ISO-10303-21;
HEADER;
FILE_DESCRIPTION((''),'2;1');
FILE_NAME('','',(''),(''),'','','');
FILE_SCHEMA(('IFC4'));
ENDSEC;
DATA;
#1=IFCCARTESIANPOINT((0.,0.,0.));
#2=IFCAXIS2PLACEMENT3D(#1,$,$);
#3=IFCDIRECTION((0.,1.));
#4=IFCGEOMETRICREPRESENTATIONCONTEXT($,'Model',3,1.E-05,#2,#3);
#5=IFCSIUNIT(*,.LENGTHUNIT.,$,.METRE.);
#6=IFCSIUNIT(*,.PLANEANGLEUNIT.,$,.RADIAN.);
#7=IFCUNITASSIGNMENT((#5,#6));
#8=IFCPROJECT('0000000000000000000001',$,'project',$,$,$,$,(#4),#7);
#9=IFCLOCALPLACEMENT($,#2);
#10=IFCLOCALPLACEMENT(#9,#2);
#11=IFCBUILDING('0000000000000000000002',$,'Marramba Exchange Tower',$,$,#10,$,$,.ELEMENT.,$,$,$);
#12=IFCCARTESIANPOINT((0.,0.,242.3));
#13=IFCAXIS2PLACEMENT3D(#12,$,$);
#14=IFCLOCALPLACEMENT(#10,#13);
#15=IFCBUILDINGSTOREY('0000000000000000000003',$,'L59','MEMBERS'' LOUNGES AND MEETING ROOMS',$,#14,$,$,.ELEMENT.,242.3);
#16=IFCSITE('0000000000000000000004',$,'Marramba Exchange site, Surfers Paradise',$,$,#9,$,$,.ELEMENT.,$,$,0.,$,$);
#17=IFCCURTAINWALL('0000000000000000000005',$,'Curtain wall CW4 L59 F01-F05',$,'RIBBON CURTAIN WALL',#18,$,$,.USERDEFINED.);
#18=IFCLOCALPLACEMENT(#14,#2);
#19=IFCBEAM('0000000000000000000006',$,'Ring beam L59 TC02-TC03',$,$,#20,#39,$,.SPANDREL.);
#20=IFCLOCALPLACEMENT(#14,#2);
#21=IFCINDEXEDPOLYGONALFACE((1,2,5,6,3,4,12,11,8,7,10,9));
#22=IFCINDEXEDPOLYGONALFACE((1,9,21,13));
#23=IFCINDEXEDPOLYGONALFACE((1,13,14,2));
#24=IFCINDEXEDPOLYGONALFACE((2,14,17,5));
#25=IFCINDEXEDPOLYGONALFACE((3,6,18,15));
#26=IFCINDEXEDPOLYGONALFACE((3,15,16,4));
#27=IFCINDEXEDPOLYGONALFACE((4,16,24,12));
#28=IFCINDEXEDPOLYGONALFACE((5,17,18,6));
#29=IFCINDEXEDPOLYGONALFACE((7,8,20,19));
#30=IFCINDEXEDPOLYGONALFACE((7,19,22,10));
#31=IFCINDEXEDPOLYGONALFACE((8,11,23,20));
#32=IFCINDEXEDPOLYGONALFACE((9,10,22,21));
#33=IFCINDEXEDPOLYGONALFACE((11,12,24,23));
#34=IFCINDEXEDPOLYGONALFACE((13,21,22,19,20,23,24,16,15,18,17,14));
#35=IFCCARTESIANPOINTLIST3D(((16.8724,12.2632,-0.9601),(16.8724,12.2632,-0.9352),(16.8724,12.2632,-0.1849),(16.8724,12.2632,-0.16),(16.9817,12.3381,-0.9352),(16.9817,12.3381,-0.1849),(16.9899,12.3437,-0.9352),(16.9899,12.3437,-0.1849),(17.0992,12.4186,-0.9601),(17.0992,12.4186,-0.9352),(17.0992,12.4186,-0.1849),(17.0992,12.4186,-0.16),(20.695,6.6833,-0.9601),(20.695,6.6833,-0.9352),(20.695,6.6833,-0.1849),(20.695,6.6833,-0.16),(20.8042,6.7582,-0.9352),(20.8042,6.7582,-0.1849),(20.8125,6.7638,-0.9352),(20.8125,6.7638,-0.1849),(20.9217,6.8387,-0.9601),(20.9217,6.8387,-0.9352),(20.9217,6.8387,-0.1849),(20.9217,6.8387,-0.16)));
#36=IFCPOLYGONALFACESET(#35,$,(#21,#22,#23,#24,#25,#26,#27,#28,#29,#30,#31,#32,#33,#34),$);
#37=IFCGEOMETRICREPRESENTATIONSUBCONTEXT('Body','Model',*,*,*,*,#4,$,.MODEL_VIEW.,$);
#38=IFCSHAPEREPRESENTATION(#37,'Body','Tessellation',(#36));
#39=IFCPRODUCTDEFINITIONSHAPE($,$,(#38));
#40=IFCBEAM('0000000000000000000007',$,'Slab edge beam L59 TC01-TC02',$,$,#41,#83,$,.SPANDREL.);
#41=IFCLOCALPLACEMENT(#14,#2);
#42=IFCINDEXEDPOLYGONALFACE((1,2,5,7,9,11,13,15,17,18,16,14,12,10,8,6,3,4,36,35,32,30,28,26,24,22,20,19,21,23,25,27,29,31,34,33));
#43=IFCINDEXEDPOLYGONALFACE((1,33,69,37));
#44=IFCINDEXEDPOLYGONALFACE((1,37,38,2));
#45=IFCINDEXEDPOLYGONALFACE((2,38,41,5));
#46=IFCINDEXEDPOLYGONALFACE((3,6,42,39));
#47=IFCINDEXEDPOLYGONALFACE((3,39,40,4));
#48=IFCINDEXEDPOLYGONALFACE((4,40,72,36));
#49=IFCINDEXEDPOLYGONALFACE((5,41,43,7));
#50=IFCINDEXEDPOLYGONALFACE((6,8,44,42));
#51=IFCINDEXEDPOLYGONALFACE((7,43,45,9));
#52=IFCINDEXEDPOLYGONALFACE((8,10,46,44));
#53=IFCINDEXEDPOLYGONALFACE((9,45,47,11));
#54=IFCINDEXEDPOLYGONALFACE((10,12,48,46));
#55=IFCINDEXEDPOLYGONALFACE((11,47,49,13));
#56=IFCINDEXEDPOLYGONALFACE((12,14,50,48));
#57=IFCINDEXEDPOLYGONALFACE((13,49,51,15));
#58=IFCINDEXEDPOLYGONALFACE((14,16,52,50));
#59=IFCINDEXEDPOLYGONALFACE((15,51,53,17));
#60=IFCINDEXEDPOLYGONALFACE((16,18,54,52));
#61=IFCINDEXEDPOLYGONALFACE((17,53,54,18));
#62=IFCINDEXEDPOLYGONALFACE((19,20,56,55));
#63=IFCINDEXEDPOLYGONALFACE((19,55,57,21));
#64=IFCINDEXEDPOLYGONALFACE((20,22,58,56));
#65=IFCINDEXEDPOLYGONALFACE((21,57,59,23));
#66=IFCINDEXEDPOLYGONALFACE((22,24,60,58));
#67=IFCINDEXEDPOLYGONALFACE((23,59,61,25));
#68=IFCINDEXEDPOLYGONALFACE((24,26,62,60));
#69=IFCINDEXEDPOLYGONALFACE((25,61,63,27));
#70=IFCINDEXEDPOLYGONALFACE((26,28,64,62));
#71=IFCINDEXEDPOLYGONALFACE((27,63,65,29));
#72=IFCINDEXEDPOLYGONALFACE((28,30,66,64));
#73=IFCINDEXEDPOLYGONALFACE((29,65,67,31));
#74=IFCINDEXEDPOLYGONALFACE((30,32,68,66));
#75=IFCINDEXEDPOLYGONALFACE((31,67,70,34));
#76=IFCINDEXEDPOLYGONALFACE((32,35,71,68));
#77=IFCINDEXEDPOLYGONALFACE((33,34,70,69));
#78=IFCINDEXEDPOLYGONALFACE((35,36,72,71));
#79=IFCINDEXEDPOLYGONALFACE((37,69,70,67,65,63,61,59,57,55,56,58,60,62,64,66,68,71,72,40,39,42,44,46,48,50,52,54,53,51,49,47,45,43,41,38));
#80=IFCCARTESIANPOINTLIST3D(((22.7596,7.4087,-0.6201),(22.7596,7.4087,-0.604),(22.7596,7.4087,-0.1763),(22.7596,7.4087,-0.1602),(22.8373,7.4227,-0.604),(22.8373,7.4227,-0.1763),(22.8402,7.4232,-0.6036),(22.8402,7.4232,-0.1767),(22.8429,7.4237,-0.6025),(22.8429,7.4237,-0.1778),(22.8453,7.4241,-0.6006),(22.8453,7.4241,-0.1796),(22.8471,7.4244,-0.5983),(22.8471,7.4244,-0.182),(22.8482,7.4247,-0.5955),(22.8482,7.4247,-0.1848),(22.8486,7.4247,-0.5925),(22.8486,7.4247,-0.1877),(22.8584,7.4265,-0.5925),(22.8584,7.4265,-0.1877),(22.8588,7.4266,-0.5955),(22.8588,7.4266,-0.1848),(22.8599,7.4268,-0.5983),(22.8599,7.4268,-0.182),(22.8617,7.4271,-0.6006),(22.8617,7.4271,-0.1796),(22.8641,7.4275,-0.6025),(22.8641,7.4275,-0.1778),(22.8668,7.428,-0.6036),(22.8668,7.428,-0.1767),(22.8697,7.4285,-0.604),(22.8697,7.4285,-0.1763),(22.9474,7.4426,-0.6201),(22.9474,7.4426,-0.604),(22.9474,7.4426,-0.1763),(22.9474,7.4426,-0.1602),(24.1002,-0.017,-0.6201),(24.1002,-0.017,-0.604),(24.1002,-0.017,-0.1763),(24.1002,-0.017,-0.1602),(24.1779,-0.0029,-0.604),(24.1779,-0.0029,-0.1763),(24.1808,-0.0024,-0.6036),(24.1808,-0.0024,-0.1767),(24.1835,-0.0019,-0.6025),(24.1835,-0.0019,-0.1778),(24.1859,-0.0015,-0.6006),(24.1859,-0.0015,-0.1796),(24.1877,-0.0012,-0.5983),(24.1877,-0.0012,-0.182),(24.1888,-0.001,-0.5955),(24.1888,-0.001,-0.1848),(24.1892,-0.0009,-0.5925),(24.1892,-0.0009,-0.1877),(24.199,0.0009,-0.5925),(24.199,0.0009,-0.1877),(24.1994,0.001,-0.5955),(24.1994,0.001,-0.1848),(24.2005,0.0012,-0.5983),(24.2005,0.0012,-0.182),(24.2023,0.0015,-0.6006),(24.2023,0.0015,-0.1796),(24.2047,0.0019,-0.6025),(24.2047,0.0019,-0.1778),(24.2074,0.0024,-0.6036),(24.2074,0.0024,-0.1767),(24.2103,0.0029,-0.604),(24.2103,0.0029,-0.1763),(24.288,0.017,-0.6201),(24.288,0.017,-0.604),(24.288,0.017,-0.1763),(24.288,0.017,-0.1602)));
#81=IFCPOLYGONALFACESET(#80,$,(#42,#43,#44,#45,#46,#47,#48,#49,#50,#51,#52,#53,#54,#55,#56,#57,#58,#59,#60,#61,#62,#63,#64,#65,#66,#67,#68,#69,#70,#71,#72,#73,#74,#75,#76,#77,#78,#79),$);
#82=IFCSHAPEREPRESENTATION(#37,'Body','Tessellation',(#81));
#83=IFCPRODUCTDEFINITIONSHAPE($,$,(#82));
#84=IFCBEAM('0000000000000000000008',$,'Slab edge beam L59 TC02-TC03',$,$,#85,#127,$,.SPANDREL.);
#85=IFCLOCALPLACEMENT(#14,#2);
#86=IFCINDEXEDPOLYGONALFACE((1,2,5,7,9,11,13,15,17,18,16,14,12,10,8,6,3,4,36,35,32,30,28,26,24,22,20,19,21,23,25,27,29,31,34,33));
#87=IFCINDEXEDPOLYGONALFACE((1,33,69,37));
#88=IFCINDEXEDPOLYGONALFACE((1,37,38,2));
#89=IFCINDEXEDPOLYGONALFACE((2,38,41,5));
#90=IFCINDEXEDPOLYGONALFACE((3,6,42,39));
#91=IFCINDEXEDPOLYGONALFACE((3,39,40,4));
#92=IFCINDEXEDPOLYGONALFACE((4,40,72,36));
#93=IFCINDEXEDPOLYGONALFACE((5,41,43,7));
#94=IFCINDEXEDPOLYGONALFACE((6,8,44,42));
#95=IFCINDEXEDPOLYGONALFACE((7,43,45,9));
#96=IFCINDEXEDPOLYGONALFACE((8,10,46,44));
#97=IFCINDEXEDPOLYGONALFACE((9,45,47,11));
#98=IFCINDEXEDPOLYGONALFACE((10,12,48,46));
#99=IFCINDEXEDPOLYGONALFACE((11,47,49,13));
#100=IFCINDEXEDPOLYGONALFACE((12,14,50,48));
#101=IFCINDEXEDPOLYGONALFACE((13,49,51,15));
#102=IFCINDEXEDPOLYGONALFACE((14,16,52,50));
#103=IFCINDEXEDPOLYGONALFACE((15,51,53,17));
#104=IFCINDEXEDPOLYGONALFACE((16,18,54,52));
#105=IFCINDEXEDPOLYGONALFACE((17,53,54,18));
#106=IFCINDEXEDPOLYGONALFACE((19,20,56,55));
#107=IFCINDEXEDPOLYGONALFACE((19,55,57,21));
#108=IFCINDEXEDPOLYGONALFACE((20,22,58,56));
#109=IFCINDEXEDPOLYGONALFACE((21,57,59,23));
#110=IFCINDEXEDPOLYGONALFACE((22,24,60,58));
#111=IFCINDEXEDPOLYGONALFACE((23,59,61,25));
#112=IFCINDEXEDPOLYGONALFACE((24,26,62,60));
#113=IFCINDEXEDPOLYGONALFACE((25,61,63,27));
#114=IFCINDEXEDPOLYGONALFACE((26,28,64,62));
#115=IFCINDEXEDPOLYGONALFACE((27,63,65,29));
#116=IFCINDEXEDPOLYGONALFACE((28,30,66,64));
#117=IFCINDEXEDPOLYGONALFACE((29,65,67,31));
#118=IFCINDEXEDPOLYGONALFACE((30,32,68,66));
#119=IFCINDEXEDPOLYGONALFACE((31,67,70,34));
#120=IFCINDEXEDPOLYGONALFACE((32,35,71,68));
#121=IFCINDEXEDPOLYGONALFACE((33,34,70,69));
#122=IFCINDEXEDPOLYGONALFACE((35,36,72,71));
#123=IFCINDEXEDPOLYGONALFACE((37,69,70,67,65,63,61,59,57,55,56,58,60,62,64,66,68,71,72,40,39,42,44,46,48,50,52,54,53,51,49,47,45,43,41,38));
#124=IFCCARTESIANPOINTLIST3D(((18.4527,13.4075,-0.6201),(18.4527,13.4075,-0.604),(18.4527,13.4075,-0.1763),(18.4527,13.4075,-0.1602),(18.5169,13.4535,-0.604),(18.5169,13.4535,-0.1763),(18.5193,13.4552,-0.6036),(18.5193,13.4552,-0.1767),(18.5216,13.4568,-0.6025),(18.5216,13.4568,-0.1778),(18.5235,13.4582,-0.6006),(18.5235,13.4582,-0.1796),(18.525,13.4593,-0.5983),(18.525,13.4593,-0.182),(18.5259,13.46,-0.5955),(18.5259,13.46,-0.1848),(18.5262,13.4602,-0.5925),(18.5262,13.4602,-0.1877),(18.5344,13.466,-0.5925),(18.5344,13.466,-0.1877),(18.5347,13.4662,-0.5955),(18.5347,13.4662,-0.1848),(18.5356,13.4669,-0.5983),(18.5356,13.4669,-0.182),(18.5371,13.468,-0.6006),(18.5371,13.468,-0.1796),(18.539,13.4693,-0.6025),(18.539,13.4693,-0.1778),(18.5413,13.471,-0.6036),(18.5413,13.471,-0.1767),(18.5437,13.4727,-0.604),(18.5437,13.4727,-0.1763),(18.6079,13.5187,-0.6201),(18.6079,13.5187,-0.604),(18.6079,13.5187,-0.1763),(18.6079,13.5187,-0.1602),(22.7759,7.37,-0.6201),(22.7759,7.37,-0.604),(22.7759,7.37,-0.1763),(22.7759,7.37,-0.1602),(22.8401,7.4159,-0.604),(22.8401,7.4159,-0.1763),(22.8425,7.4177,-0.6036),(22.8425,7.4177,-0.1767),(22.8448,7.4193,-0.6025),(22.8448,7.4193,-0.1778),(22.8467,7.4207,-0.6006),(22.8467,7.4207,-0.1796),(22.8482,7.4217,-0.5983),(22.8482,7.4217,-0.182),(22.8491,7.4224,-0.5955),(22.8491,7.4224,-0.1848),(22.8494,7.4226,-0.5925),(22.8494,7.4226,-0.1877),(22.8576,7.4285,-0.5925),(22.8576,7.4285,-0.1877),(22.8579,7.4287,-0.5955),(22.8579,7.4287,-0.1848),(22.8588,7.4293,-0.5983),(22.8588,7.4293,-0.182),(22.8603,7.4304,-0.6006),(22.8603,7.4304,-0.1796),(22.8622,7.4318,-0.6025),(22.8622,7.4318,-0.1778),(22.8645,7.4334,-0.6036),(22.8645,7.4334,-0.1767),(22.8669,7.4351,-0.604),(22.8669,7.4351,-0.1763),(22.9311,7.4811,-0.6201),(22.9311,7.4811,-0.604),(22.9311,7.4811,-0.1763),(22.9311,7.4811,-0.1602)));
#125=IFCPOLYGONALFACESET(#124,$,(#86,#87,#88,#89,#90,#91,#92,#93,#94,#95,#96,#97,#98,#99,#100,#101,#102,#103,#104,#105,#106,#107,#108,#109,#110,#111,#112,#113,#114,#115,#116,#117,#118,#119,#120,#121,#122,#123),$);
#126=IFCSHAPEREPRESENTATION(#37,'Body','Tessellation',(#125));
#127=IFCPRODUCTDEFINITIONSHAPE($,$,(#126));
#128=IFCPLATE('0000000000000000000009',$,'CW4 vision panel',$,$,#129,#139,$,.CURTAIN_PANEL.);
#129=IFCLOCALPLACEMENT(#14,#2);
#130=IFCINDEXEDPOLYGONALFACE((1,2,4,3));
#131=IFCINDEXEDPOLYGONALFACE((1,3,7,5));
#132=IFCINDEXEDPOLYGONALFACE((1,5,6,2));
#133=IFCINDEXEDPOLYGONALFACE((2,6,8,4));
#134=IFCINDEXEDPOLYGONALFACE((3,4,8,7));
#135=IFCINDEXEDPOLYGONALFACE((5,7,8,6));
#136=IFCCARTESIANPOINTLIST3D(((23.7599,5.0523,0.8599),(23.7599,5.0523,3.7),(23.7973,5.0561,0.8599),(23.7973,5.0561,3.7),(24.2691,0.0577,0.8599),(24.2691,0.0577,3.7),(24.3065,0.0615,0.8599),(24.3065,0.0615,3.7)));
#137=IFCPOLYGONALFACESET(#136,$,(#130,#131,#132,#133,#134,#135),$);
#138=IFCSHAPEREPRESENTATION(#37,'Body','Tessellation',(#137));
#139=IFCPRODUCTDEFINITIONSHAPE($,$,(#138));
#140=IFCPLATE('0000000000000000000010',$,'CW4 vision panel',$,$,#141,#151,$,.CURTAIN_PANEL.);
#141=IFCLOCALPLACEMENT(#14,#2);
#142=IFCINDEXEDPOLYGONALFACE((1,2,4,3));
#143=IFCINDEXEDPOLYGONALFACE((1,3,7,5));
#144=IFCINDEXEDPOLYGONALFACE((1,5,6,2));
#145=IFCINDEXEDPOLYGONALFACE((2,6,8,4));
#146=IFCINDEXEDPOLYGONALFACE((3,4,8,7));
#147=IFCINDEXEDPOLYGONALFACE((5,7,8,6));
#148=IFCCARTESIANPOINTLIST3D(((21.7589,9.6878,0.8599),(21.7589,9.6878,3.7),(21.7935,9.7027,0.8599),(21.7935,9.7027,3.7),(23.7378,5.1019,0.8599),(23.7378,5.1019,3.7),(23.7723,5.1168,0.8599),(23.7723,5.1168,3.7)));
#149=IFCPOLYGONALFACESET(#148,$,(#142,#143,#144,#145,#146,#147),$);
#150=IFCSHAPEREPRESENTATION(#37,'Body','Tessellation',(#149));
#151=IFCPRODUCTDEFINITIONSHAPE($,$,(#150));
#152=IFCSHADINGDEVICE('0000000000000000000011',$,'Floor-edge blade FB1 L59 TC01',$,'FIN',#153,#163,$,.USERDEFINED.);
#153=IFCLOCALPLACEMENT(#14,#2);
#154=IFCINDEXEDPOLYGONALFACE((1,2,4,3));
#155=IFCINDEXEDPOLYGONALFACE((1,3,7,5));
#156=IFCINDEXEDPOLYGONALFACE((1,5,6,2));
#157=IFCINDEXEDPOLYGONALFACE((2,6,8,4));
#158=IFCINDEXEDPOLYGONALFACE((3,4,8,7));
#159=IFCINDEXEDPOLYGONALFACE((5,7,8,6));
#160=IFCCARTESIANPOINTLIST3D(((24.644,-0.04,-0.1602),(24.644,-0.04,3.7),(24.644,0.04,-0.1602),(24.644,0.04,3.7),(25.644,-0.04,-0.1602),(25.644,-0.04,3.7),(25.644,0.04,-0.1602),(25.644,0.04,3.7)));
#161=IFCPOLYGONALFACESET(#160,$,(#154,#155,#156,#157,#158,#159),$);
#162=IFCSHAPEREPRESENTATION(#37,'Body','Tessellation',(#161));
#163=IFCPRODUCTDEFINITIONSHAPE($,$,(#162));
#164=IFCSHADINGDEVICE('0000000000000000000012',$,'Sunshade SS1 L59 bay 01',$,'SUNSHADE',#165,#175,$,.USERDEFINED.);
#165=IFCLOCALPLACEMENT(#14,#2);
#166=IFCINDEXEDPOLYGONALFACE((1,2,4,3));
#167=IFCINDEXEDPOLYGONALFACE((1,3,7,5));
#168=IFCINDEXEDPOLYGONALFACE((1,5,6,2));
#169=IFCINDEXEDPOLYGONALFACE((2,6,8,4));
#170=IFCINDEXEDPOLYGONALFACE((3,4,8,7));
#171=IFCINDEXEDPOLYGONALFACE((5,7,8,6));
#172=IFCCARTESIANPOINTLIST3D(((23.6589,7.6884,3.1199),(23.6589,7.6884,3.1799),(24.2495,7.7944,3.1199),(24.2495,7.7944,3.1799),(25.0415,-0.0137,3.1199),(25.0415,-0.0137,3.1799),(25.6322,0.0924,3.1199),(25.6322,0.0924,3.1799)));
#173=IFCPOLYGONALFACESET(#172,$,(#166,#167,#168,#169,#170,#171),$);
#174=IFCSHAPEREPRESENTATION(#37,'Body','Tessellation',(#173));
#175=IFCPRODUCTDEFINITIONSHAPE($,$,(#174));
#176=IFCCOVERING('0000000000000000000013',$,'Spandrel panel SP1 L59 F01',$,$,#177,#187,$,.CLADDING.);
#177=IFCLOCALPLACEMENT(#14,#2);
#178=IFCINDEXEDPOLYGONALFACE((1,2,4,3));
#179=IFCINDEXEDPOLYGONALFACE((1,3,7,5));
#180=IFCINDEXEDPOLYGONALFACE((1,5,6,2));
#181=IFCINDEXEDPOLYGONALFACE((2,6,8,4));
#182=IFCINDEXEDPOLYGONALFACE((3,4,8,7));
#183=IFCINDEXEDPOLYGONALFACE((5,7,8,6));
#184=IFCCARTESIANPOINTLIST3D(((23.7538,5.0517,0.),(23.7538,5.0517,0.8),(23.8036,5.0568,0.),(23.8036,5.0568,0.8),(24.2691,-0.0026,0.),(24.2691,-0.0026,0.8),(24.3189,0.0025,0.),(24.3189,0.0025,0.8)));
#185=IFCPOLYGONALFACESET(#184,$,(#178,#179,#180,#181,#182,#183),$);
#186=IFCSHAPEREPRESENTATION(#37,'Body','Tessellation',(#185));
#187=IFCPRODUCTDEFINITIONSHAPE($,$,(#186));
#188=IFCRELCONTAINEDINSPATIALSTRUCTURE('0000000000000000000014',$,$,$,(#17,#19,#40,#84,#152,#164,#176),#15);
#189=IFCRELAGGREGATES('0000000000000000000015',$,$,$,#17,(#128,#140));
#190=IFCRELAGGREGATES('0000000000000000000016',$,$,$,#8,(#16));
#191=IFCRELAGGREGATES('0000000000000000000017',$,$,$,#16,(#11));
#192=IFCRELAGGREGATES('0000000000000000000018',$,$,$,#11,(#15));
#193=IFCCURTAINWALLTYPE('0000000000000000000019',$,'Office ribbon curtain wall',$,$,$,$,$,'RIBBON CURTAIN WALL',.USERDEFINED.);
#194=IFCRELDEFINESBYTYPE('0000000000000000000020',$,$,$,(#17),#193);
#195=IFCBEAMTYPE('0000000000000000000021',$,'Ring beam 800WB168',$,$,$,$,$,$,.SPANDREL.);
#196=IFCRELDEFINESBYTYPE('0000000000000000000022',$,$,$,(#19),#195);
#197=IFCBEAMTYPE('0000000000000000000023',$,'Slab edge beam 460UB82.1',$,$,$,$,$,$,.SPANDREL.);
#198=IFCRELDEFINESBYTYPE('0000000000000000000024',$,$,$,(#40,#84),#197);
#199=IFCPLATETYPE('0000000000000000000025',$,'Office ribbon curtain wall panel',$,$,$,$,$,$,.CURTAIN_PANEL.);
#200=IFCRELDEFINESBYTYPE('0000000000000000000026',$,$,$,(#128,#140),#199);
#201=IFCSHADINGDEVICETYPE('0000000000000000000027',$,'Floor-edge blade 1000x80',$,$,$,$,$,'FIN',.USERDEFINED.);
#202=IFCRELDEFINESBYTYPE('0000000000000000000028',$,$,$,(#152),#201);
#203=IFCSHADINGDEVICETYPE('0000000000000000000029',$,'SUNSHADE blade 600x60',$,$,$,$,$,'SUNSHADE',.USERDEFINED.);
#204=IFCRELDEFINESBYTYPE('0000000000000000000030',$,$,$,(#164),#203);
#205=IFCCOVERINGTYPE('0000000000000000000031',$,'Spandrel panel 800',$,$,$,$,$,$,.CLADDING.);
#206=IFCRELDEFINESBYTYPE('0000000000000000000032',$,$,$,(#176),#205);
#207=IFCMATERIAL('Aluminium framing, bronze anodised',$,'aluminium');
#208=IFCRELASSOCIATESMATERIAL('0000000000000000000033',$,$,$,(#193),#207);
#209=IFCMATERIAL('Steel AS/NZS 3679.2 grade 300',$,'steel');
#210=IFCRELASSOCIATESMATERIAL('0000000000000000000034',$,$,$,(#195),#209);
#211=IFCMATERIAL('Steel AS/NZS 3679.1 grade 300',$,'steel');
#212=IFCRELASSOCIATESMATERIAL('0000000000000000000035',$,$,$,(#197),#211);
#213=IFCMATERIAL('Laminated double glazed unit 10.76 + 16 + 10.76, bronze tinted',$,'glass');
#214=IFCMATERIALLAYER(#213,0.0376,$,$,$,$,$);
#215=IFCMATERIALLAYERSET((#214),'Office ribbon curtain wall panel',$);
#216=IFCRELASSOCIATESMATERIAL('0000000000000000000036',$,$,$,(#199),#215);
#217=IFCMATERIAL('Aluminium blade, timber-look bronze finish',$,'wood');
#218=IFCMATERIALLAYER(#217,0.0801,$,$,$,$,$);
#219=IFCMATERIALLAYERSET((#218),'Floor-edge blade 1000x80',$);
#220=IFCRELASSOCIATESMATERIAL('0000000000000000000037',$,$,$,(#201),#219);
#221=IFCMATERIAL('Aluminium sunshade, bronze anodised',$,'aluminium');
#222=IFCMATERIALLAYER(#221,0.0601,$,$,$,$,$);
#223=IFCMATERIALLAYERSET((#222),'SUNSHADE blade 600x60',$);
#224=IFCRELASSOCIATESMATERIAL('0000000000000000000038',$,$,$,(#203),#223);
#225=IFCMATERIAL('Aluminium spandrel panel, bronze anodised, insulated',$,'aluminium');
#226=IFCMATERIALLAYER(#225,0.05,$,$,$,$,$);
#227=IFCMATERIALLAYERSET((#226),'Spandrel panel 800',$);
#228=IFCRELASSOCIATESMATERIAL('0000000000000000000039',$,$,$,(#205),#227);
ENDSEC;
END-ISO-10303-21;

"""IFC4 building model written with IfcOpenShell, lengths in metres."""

from ifc_helpers import new_model, si_unit, direction, frame, origin, origin_2d, place, context, subcontext, project, spatial, rectangle, i_section, extrude, material, layer, layer_set, material_profile, profile_set, type_object, element, aggregate, save


model = new_model("IFC4")

# Units and contexts
model_context = context("Model", 3, precision=1e-05, world=origin(), true_north=direction((0.0, 1.0)))
body_context = subcontext(model_context, "Body", "Model", "MODEL_VIEW")
ifc_project = project(units=[si_unit("LENGTHUNIT", "METRE"), si_unit("PLANEANGLEUNIT", "RADIAN")], contexts=[model_context])

# Site, building, storey
site_placement = place(None, origin())
site = spatial("IfcSite", under=ifc_project, at=site_placement, Name="Marramba Exchange site, Surfers Paradise", CompositionType="ELEMENT", RefElevation=0.0)
building_placement = place(site_placement, origin())
building = spatial("IfcBuilding", under=site, at=building_placement, Name="Marramba Exchange Tower", CompositionType="ELEMENT")
storey_placement = place(building_placement, frame((0.0, 0.0, 242.3)))
storey = spatial("IfcBuildingStorey", under=building, at=storey_placement, Name="L59", Description="MEMBERS' LOUNGES AND MEETING ROOMS", CompositionType="ELEMENT", Elevation=242.3)

# Shared definitions
ifc_material_1 = material(Name="Steel AS/NZS 3679.2 grade 300", Category="steel")
ifc_material_2 = material(Name="Steel AS/NZS 3679.1 grade 300", Category="steel")

# Curtain wall
ifc_material_3 = material(Name="Aluminium framing, bronze anodised", Category="aluminium")
curtain_wall_type = type_object("IfcCurtainWallType", Name="Office ribbon curtain wall", ElementType="RIBBON CURTAIN WALL", PredefinedType="USERDEFINED", material=ifc_material_3)
curtain_wall_placement = place(storey_placement, origin())
curtain_wall = element("IfcCurtainWall", 1, at=curtain_wall_placement, inside=storey, type_object=curtain_wall_type, Name="Curtain wall CW4 L59 F01-F05", ObjectType="RIBBON CURTAIN WALL", PredefinedType="USERDEFINED")

# Beams
ifc_material_profile_1 = material_profile(ifc_material_1, i_section(OverallWidth=0.2749, OverallDepth=0.8, WebThickness=0.01, FlangeThickness=0.0249, at=origin_2d()), Name="800WB168")
ifc_profile_set_1 = profile_set([ifc_material_profile_1], Name="Steel AS/NZS 3679.2 grade 300")
beam_type_1 = type_object("IfcBeamType", Name="Ring beam 800WB168", PredefinedType="SPANDREL", material=ifc_profile_set_1)
beam_1_placement = place(storey_placement, frame((20.8083, 6.761, -0.5601), z_axis=(-0.56516, 0.824981, 0.0), x_axis=(-0.824981, -0.56516, 0.0)))
element("IfcBeam", 2, at=beam_1_placement, inside=storey, type_object=beam_type_1, Name="Ring beam L59 TC02-TC03", PredefinedType="SPANDREL", context=body_context, shape_type="SweptSolid", body=[
    extrude(i_section(OverallWidth=0.2749, OverallDepth=0.8, WebThickness=0.01, FlangeThickness=0.0249, at=origin_2d()), origin(), (0.0, 0.0, 1.0), 6.7637),
])
ifc_material_profile_2 = material_profile(ifc_material_2, i_section(OverallWidth=0.1909, OverallDepth=0.46, WebThickness=0.01, FlangeThickness=0.0161, FilletRadius=0.0115, at=origin_2d()), Name="460UB82.1")
ifc_profile_set_2 = profile_set([ifc_material_profile_2], Name="Steel AS/NZS 3679.1 grade 300")
beam_type_2 = type_object("IfcBeamType", Name="Slab edge beam 460UB82.1", PredefinedType="SPANDREL", material=ifc_profile_set_2)
beam_2_placement = place(storey_placement, frame((24.1941, 0.0, -0.3901), z_axis=(-0.177664, 0.984091, 0.0), x_axis=(-0.984091, -0.177664, 0.0)))
element("IfcBeam", 3, at=beam_2_placement, inside=storey, type_object=beam_type_2, Name="Slab edge beam L59 TC01-TC02", PredefinedType="SPANDREL", context=body_context, shape_type="SweptSolid", body=[
    extrude(i_section(OverallWidth=0.1909, OverallDepth=0.46, WebThickness=0.01, FlangeThickness=0.0161, FilletRadius=0.0115, at=origin_2d()), origin(), (0.0, 0.0, 1.0), 7.5457),
])
beam_3_placement = place(storey_placement, frame((22.8535, 7.4255, -0.3901), z_axis=(-0.582189, 0.813053, 0.0), x_axis=(-0.813053, -0.582189, 0.0)))
element("IfcBeam", 4, at=beam_3_placement, inside=storey, type_object=beam_type_2, Name="Slab edge beam L59 TC02-TC03", PredefinedType="SPANDREL", context=body_context, shape_type="SweptSolid", body=[
    extrude(i_section(OverallWidth=0.1909, OverallDepth=0.46, WebThickness=0.01, FlangeThickness=0.0161, FilletRadius=0.0115, at=origin_2d()), origin(), (0.0, 0.0, 1.0), 7.4258),
])

# Plates
ifc_material_4 = material(Name="Laminated double glazed unit 10.76 + 16 + 10.76, bronze tinted", Category="glass")
ifc_layer_1 = layer(ifc_material_4, 0.0376)
ifc_layer_set_1 = layer_set([ifc_layer_1], Name="Office ribbon curtain wall panel")
plate_type = type_object("IfcPlateType", Name="Office ribbon curtain wall panel", PredefinedType="CURTAIN_PANEL", material=ifc_layer_set_1)
plate_1_placement = place(storey_placement, frame((24.0332, 2.5569, 0.8599), z_axis=(0.0, 0.0, 1.0), x_axis=(-0.101422, 0.994843, 0.0)))
plate_1 = element("IfcPlate", 5, at=plate_1_placement, type_object=plate_type, Name="CW4 vision panel", PredefinedType="CURTAIN_PANEL", context=body_context, shape_type="SweptSolid", body=[
    extrude(rectangle(XDim=5.0205, YDim=0.0376, at=origin_2d()), origin(), (0.0, 0.0, 1.0), 2.8401),
])
plate_2_placement = place(storey_placement, frame((22.7656, 7.4023, 0.8599), z_axis=(0.0, 0.0, 1.0), x_axis=(-0.396193, 0.918167, 0.0)))
plate_2 = element("IfcPlate", 6, at=plate_2_placement, type_object=plate_type, Name="CW4 vision panel", PredefinedType="CURTAIN_PANEL", context=body_context, shape_type="SweptSolid", body=[
    extrude(rectangle(XDim=4.9946, YDim=0.0376, at=origin_2d()), origin(), (0.0, 0.0, 1.0), 2.8401),
])
aggregate(curtain_wall, [plate_1, plate_2])

# Shading devices
ifc_material_5 = material(Name="Aluminium blade, timber-look bronze finish", Category="wood")
ifc_layer_2 = layer(ifc_material_5, 0.0801)
ifc_layer_set_2 = layer_set([ifc_layer_2], Name="Floor-edge blade 1000x80")
shading_device_type_1 = type_object("IfcShadingDeviceType", Name="Floor-edge blade 1000x80", ElementType="FIN", PredefinedType="USERDEFINED", material=ifc_layer_set_2)
shading_device_1_placement = place(storey_placement, frame((25.144, 0.0, -0.1602), z_axis=(0.0, 0.0, 1.0), x_axis=(1.0, 0.0, 0.0)))
element("IfcShadingDevice", 7, at=shading_device_1_placement, inside=storey, type_object=shading_device_type_1, Name="Floor-edge blade FB1 L59 TC01", ObjectType="FIN", PredefinedType="USERDEFINED", context=body_context, shape_type="SweptSolid", body=[
    extrude(rectangle(XDim=1.0, YDim=0.0801, at=origin_2d()), origin(), (0.0, 0.0, 1.0), 3.8601),
])
ifc_material_6 = material(Name="Aluminium sunshade, bronze anodised", Category="aluminium")
ifc_layer_3 = layer(ifc_material_6, 0.0601)
ifc_layer_set_3 = layer_set([ifc_layer_3], Name="SUNSHADE blade 600x60")
shading_device_type_2 = type_object("IfcShadingDeviceType", Name="SUNSHADE blade 600x60", ElementType="SUNSHADE", PredefinedType="USERDEFINED", material=ifc_layer_set_3)
shading_device_2_placement = place(storey_placement, frame((24.6455, 3.8904, 3.1199), z_axis=(0.0, 0.0, 1.0), x_axis=(-0.176691, 0.984266, 0.0)))
element("IfcShadingDevice", 8, at=shading_device_2_placement, inside=storey, type_object=shading_device_type_2, Name="Sunshade SS1 L59 bay 01", ObjectType="SUNSHADE", PredefinedType="USERDEFINED", context=body_context, shape_type="SweptSolid", body=[
    extrude(rectangle(XDim=7.8252, YDim=0.6001, at=origin_2d()), origin(), (0.0, 0.0, 1.0), 0.0601),
])

# Covering
ifc_material_7 = material(Name="Aluminium spandrel panel, bronze anodised, insulated", Category="aluminium")
ifc_layer_4 = layer(ifc_material_7, 0.05)
ifc_layer_set_4 = layer_set([ifc_layer_4], Name="Spandrel panel 800")
covering_type = type_object("IfcCoveringType", Name="Spandrel panel 800", PredefinedType="CLADDING", material=ifc_layer_set_4)
covering_1_placement = place(storey_placement, frame((24.0364, 2.5271, 0.0), z_axis=(0.0, 0.0, 1.0), x_axis=(-0.101422, 0.994843, 0.0)))
element("IfcCovering", 9, at=covering_1_placement, inside=storey, type_object=covering_type, Name="Spandrel panel SP1 L59 F01", PredefinedType="CLADDING", context=body_context, shape_type="SweptSolid", body=[
    extrude(rectangle(XDim=5.0806, YDim=0.05, at=origin_2d()), origin(), (0.0, 0.0, 1.0), 0.8),
])

save(model, "model.ifc")
